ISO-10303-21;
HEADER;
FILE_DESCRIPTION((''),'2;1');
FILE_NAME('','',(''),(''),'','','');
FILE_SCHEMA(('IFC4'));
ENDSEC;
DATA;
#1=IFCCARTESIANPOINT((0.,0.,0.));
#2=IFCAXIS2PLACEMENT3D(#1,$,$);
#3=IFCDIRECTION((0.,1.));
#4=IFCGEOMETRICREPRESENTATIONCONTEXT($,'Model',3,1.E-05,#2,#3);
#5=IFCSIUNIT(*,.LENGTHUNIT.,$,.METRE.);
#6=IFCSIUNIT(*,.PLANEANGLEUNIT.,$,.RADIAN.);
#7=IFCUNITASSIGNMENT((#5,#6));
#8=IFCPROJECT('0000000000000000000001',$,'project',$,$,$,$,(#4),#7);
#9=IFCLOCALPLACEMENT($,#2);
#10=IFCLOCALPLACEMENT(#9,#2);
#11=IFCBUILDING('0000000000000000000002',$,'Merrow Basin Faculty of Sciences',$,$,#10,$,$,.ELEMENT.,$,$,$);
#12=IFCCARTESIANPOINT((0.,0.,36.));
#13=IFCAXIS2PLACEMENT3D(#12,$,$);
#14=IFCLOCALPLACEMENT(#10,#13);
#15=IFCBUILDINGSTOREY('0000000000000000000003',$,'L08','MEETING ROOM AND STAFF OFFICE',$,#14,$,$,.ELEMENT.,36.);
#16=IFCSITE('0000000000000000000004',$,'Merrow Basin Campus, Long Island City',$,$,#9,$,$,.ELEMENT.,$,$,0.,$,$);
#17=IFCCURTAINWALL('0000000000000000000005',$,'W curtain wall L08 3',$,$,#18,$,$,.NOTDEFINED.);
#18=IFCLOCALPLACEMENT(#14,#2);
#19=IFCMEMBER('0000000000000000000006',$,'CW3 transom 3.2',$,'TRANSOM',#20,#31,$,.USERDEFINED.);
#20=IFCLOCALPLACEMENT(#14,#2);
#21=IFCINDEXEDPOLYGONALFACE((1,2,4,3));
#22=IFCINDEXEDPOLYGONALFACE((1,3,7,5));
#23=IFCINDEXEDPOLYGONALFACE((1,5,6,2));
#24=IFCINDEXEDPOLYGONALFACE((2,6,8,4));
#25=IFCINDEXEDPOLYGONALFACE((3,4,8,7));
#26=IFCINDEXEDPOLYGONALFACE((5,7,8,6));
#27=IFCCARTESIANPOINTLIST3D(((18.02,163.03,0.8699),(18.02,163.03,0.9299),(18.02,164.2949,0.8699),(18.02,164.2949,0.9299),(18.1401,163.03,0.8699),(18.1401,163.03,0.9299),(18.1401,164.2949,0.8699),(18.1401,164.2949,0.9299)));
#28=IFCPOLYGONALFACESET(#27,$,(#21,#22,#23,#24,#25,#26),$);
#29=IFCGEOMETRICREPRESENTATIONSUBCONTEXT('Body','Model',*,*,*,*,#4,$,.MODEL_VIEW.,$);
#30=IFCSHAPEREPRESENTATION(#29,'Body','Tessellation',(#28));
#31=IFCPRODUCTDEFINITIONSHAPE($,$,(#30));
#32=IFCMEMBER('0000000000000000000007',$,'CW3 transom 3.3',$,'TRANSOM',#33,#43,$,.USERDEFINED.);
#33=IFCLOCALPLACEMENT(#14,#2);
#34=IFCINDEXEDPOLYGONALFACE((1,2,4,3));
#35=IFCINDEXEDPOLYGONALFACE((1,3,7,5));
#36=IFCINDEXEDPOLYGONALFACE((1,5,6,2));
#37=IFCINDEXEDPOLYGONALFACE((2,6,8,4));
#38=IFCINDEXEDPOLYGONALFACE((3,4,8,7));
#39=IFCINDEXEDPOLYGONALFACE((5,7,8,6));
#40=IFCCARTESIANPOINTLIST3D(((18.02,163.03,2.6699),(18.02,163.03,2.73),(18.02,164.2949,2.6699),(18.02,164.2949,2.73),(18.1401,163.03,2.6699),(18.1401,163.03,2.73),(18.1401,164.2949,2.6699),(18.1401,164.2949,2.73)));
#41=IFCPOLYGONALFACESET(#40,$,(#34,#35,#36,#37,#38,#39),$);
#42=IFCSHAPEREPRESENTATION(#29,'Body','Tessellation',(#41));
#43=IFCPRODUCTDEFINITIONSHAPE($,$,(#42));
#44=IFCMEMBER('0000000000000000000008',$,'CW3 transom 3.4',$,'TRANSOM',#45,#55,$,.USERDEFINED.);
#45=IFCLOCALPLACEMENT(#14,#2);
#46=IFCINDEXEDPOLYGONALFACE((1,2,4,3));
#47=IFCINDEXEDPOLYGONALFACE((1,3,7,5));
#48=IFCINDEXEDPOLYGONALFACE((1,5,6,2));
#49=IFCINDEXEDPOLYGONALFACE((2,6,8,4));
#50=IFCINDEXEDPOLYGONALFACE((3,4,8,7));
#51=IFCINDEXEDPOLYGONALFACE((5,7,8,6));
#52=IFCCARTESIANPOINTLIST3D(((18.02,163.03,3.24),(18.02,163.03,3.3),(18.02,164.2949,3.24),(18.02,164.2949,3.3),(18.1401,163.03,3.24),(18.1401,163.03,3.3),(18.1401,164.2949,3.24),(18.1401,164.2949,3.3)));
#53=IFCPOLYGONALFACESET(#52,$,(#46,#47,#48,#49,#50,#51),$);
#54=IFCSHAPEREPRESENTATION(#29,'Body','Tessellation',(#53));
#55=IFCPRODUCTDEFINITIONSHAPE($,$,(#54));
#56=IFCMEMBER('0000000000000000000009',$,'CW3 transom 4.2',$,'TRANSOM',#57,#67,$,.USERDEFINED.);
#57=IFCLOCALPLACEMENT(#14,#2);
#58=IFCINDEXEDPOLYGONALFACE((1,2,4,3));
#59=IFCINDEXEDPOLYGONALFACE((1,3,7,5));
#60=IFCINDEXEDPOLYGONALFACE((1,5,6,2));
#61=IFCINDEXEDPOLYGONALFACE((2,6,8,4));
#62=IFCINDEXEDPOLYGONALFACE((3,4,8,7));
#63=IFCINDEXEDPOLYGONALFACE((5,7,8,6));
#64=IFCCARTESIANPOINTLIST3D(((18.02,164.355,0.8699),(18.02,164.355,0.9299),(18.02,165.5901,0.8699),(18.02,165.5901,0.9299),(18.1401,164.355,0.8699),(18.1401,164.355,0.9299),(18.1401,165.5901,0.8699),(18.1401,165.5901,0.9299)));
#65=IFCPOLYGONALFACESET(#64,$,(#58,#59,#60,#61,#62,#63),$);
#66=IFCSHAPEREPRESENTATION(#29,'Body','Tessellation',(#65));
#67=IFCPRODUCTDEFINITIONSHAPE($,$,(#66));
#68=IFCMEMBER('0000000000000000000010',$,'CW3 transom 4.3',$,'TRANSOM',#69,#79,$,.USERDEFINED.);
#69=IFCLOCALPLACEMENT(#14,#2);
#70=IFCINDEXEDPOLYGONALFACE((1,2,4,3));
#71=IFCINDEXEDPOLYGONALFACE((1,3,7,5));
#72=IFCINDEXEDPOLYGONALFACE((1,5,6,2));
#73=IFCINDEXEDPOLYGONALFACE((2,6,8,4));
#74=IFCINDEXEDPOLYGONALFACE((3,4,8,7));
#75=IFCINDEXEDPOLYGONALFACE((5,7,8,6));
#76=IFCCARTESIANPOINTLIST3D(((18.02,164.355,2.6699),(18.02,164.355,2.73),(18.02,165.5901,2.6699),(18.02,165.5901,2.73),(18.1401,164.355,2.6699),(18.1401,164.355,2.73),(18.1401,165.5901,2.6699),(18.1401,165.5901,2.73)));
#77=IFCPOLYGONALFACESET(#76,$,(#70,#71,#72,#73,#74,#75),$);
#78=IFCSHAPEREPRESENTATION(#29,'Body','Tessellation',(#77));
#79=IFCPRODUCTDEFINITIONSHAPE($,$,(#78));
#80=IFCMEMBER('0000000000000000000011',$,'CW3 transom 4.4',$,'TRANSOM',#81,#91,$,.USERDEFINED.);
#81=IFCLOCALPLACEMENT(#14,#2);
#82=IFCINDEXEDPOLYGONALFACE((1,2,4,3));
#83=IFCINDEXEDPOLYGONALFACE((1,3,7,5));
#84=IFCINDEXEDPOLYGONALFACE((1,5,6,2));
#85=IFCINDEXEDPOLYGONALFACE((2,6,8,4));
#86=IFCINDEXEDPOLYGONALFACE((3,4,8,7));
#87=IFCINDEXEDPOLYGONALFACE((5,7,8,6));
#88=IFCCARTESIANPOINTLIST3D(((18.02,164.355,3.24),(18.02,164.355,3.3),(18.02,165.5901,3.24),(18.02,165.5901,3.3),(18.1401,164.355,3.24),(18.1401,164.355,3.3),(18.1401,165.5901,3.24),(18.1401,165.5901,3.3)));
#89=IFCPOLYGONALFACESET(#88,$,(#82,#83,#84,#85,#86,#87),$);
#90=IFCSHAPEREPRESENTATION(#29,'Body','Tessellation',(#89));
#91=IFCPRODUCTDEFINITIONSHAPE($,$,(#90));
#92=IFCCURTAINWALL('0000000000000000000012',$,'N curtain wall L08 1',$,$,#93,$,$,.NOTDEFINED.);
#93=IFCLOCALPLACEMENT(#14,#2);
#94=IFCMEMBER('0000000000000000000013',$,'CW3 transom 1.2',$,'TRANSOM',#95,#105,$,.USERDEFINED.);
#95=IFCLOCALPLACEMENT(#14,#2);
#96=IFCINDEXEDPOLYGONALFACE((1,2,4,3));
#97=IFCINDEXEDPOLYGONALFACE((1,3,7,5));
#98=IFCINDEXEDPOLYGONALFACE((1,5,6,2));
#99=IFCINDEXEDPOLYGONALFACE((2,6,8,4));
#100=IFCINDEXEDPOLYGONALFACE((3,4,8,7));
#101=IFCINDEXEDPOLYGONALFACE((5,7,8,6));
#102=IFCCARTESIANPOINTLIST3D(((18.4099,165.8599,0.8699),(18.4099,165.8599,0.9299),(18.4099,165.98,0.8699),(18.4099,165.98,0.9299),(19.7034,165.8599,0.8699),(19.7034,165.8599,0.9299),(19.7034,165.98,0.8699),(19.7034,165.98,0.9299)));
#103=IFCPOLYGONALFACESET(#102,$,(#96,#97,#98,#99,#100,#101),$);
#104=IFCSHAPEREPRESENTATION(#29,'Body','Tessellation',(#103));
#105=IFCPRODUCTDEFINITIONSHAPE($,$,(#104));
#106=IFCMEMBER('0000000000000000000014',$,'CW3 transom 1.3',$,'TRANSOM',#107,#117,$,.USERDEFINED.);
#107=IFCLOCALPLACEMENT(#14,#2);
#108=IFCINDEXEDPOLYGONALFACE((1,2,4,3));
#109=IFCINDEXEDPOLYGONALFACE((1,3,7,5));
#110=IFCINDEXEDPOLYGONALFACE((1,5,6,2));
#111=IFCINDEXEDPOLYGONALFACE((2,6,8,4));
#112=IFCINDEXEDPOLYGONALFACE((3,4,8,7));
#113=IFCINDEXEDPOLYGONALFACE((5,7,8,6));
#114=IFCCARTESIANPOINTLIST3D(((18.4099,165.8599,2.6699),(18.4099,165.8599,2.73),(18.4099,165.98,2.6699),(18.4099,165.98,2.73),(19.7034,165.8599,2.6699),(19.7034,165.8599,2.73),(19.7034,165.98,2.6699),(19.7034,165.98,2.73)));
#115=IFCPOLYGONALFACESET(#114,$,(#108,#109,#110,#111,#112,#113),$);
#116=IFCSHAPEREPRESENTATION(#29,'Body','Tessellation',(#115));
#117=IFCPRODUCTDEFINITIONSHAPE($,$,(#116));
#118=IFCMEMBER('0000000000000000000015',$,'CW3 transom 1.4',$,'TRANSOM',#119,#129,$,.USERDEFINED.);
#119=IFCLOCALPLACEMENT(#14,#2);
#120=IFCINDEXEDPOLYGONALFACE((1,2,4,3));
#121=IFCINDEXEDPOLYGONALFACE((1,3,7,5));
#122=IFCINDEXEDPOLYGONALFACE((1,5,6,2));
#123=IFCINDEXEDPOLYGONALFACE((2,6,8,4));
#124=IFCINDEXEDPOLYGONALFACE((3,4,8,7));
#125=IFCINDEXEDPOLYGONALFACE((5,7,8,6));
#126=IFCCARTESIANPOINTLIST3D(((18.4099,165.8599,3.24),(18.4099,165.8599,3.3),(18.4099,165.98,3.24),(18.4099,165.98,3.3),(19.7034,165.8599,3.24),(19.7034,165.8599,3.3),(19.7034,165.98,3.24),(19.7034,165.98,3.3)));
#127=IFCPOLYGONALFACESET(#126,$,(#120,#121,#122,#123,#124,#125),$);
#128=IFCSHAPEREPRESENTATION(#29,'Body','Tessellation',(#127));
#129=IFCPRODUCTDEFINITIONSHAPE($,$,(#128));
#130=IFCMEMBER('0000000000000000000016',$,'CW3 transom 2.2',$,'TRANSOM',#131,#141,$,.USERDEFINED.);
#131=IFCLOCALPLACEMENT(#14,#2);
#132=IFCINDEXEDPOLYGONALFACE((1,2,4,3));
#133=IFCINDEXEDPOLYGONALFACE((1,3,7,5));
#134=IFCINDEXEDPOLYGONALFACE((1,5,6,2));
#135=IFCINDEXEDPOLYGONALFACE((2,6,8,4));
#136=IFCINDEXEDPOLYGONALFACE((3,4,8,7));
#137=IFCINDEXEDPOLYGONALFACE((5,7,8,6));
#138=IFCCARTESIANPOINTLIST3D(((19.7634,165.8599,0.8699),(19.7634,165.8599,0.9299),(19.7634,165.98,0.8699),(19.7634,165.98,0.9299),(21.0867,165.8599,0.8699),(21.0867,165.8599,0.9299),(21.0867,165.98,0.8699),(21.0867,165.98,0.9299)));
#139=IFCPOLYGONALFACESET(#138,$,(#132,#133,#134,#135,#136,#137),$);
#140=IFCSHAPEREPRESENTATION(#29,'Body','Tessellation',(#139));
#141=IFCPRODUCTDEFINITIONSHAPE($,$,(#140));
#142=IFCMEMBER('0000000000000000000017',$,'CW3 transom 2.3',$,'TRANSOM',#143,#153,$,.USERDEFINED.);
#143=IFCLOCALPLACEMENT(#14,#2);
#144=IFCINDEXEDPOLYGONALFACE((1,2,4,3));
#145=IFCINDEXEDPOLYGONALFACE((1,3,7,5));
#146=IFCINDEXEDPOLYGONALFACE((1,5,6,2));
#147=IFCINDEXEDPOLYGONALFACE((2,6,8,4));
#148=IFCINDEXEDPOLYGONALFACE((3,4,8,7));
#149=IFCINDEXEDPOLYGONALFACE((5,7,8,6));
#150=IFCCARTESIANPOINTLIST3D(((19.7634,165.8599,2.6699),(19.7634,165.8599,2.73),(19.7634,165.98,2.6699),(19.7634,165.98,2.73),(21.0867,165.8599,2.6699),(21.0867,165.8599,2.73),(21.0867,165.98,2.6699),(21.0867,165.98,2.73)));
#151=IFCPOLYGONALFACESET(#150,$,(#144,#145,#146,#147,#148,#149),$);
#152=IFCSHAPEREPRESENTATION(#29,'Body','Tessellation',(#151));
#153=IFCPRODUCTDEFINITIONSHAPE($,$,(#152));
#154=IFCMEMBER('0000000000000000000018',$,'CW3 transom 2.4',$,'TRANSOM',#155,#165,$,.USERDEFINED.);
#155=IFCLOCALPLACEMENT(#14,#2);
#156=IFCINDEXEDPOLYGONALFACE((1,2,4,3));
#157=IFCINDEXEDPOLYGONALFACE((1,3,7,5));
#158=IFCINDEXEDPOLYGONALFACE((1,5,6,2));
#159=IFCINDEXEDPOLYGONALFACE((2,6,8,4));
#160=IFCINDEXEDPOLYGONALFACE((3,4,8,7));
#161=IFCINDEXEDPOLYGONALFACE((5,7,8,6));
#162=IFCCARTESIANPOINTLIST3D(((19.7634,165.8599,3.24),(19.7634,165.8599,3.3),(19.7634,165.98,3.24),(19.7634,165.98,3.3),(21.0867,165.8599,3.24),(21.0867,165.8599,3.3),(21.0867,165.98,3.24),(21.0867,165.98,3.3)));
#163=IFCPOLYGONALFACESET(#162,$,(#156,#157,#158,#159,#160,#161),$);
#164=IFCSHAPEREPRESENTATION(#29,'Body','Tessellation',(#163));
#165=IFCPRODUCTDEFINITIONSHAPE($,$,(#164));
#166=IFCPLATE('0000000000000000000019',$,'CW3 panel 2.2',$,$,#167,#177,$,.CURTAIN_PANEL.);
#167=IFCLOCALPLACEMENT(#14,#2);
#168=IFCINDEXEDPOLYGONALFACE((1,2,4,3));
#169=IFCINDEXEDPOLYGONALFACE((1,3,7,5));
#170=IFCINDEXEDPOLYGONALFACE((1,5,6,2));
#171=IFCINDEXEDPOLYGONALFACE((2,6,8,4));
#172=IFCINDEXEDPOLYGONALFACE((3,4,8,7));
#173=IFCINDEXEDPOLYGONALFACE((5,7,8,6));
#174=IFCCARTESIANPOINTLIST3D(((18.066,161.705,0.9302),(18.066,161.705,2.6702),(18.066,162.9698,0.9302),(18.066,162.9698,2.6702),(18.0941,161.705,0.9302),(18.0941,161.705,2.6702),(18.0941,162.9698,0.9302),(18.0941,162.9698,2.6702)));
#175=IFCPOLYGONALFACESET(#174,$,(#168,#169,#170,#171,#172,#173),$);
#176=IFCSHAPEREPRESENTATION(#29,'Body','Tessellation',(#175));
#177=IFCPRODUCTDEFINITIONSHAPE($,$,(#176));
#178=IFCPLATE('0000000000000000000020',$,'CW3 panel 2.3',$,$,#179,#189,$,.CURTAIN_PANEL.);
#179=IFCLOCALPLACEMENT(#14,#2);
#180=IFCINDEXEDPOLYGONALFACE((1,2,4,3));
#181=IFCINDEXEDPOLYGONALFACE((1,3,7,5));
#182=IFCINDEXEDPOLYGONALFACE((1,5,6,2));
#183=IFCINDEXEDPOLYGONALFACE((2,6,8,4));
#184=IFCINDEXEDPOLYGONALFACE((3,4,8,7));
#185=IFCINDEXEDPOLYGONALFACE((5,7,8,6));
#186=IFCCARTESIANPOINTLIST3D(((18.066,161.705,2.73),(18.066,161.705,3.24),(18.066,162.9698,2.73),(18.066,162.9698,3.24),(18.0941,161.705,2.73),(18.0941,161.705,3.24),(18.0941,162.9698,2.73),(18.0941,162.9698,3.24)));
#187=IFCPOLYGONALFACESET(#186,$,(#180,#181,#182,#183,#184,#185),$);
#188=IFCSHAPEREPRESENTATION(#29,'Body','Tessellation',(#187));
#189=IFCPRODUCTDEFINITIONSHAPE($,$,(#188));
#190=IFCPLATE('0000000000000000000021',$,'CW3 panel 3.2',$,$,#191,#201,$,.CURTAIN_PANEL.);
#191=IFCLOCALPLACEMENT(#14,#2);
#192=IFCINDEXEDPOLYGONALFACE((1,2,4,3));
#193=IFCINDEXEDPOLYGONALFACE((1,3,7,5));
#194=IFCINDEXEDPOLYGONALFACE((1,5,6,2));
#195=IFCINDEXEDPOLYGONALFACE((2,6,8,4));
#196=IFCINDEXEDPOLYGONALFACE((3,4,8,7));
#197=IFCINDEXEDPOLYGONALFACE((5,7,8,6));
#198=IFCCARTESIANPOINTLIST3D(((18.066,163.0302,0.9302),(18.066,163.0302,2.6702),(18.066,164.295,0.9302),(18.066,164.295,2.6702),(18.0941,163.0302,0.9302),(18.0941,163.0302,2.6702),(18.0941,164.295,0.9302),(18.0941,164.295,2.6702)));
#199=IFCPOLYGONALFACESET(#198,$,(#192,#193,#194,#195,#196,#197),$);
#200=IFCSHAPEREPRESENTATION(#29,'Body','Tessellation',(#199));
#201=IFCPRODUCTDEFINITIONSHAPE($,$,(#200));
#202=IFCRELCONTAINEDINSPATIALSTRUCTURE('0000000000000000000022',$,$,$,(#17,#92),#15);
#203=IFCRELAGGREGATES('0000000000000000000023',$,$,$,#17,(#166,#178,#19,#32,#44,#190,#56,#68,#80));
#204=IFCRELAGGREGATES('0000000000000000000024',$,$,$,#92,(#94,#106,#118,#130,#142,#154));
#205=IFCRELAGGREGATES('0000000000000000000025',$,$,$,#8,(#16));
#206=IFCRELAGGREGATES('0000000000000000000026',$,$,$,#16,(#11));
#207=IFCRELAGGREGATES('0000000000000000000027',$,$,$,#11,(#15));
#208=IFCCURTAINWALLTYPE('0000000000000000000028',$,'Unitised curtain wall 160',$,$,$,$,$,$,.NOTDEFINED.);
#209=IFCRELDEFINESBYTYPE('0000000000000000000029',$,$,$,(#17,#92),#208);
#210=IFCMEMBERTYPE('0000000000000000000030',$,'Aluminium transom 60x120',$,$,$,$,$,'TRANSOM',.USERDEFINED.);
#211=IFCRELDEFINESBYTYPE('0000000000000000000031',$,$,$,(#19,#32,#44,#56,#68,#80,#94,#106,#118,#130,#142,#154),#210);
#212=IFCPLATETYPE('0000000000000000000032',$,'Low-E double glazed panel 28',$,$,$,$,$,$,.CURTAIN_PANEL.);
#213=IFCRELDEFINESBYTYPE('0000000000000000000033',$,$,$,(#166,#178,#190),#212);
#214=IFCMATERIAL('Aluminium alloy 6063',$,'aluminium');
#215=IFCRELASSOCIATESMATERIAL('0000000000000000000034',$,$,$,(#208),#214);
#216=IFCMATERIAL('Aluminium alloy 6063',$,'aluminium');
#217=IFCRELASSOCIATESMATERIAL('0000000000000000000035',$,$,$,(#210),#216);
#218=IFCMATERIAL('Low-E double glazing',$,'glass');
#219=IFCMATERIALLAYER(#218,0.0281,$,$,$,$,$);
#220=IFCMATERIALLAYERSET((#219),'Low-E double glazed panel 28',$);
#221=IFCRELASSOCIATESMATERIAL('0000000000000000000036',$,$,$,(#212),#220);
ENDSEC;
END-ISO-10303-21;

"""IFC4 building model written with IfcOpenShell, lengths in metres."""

from ifc_helpers import new_model, si_unit, direction, frame, origin, origin_2d, place, context, subcontext, project, spatial, rectangle, extrude, material, layer, layer_set, material_profile, profile_set, type_object, element, aggregate, save


model = new_model("IFC4")

# Units and contexts
model_context = context("Model", 3, precision=1e-05, world=origin(), true_north=direction((0.0, 1.0)))
body_context = subcontext(model_context, "Body", "Model", "MODEL_VIEW")
ifc_project = project(units=[si_unit("LENGTHUNIT", "METRE"), si_unit("PLANEANGLEUNIT", "RADIAN")], contexts=[model_context])

# Site, building, storey
site_placement = place(None, origin())
site = spatial("IfcSite", under=ifc_project, at=site_placement, Name="Merrow Basin Campus, Long Island City", CompositionType="ELEMENT", RefElevation=0.0)
building_placement = place(site_placement, origin())
building = spatial("IfcBuilding", under=site, at=building_placement, Name="Merrow Basin Faculty of Sciences", CompositionType="ELEMENT")
storey_placement = place(building_placement, frame((0.0, 0.0, 36.0)))
storey = spatial("IfcBuildingStorey", under=building, at=storey_placement, Name="L08", Description="MEETING ROOM AND STAFF OFFICE", CompositionType="ELEMENT", Elevation=36.0)

# Curtain walls, members
ifc_material_1 = material(Name="Aluminium alloy 6063", Category="aluminium")
curtain_wall_type = type_object("IfcCurtainWallType", Name="Unitised curtain wall 160", PredefinedType="NOTDEFINED", material=ifc_material_1)
curtain_wall_1_placement = place(storey_placement, origin())
curtain_wall_1 = element("IfcCurtainWall", 1, at=curtain_wall_1_placement, inside=storey, type_object=curtain_wall_type, Name="W curtain wall L08 3", PredefinedType="NOTDEFINED")
ifc_material_2 = material(Name="Aluminium alloy 6063", Category="aluminium")
ifc_material_profile = material_profile(ifc_material_2, rectangle(XDim=0.1201, YDim=0.0601, at=origin_2d()))
ifc_profile_set = profile_set([ifc_material_profile], Name="Aluminium alloy 6063")
member_type = type_object("IfcMemberType", Name="Aluminium transom 60x120", ElementType="TRANSOM", PredefinedType="USERDEFINED", material=ifc_profile_set)
member_1_placement = place(storey_placement, frame((18.0801, 163.03, 0.8999), z_axis=(0.0, 1.0, 0.0), x_axis=(-1.0, 0.0, 0.0)))
member_1 = element("IfcMember", 2, at=member_1_placement, type_object=member_type, Name="CW3 transom 3.2", ObjectType="TRANSOM", PredefinedType="USERDEFINED", context=body_context, shape_type="SweptSolid", body=[
    extrude(rectangle(XDim=0.1201, YDim=0.0601, at=origin_2d()), origin(), (0.0, 0.0, 1.0), 1.2649),
])
member_2_placement = place(storey_placement, frame((18.0801, 163.03, 2.7), z_axis=(0.0, 1.0, 0.0), x_axis=(-1.0, 0.0, 0.0)))
member_2 = element("IfcMember", 3, at=member_2_placement, type_object=member_type, Name="CW3 transom 3.3", ObjectType="TRANSOM", PredefinedType="USERDEFINED", context=body_context, shape_type="SweptSolid", body=[
    extrude(rectangle(XDim=0.1201, YDim=0.0601, at=origin_2d()), origin(), (0.0, 0.0, 1.0), 1.2649),
])
member_3_placement = place(storey_placement, frame((18.0801, 163.03, 3.27), z_axis=(0.0, 1.0, 0.0), x_axis=(-1.0, 0.0, 0.0)))
member_3 = element("IfcMember", 4, at=member_3_placement, type_object=member_type, Name="CW3 transom 3.4", ObjectType="TRANSOM", PredefinedType="USERDEFINED", context=body_context, shape_type="SweptSolid", body=[
    extrude(rectangle(XDim=0.1201, YDim=0.0601, at=origin_2d()), origin(), (0.0, 0.0, 1.0), 1.2649),
])
member_4_placement = place(storey_placement, frame((18.0801, 164.355, 0.8999), z_axis=(0.0, 1.0, 0.0), x_axis=(-1.0, 0.0, 0.0)))
member_4 = element("IfcMember", 5, at=member_4_placement, type_object=member_type, Name="CW3 transom 4.2", ObjectType="TRANSOM", PredefinedType="USERDEFINED", context=body_context, shape_type="SweptSolid", body=[
    extrude(rectangle(XDim=0.1201, YDim=0.0601, at=origin_2d()), origin(), (0.0, 0.0, 1.0), 1.2351),
])
member_5_placement = place(storey_placement, frame((18.0801, 164.355, 2.7), z_axis=(0.0, 1.0, 0.0), x_axis=(-1.0, 0.0, 0.0)))
member_5 = element("IfcMember", 6, at=member_5_placement, type_object=member_type, Name="CW3 transom 4.3", ObjectType="TRANSOM", PredefinedType="USERDEFINED", context=body_context, shape_type="SweptSolid", body=[
    extrude(rectangle(XDim=0.1201, YDim=0.0601, at=origin_2d()), origin(), (0.0, 0.0, 1.0), 1.2351),
])
member_6_placement = place(storey_placement, frame((18.0801, 164.355, 3.27), z_axis=(0.0, 1.0, 0.0), x_axis=(-1.0, 0.0, 0.0)))
member_6 = element("IfcMember", 7, at=member_6_placement, type_object=member_type, Name="CW3 transom 4.4", ObjectType="TRANSOM", PredefinedType="USERDEFINED", context=body_context, shape_type="SweptSolid", body=[
    extrude(rectangle(XDim=0.1201, YDim=0.0601, at=origin_2d()), origin(), (0.0, 0.0, 1.0), 1.2351),
])
curtain_wall_2_placement = place(storey_placement, origin())
curtain_wall_2 = element("IfcCurtainWall", 8, at=curtain_wall_2_placement, inside=storey, type_object=curtain_wall_type, Name="N curtain wall L08 1", PredefinedType="NOTDEFINED")
member_7_placement = place(storey_placement, frame((18.4099, 165.9199, 0.8999), z_axis=(1.0, 0.0, 0.0), x_axis=(0.0, 1.0, 0.0)))
member_7 = element("IfcMember", 9, at=member_7_placement, type_object=member_type, Name="CW3 transom 1.2", ObjectType="TRANSOM", PredefinedType="USERDEFINED", context=body_context, shape_type="SweptSolid", body=[
    extrude(rectangle(XDim=0.1201, YDim=0.0601, at=origin_2d()), origin(), (0.0, 0.0, 1.0), 1.2935),
])
member_8_placement = place(storey_placement, frame((18.4099, 165.9199, 2.7), z_axis=(1.0, 0.0, 0.0), x_axis=(0.0, 1.0, 0.0)))
member_8 = element("IfcMember", 10, at=member_8_placement, type_object=member_type, Name="CW3 transom 1.3", ObjectType="TRANSOM", PredefinedType="USERDEFINED", context=body_context, shape_type="SweptSolid", body=[
    extrude(rectangle(XDim=0.1201, YDim=0.0601, at=origin_2d()), origin(), (0.0, 0.0, 1.0), 1.2935),
])
member_9_placement = place(storey_placement, frame((18.4099, 165.9199, 3.27), z_axis=(1.0, 0.0, 0.0), x_axis=(0.0, 1.0, 0.0)))
member_9 = element("IfcMember", 11, at=member_9_placement, type_object=member_type, Name="CW3 transom 1.4", ObjectType="TRANSOM", PredefinedType="USERDEFINED", context=body_context, shape_type="SweptSolid", body=[
    extrude(rectangle(XDim=0.1201, YDim=0.0601, at=origin_2d()), origin(), (0.0, 0.0, 1.0), 1.2935),
])
member_10_placement = place(storey_placement, frame((19.7634, 165.9199, 0.8999), z_axis=(1.0, 0.0, 0.0), x_axis=(0.0, 1.0, 0.0)))
member_10 = element("IfcMember", 12, at=member_10_placement, type_object=member_type, Name="CW3 transom 2.2", ObjectType="TRANSOM", PredefinedType="USERDEFINED", context=body_context, shape_type="SweptSolid", body=[
    extrude(rectangle(XDim=0.1201, YDim=0.0601, at=origin_2d()), origin(), (0.0, 0.0, 1.0), 1.3232),
])
member_11_placement = place(storey_placement, frame((19.7634, 165.9199, 2.7), z_axis=(1.0, 0.0, 0.0), x_axis=(0.0, 1.0, 0.0)))
member_11 = element("IfcMember", 13, at=member_11_placement, type_object=member_type, Name="CW3 transom 2.3", ObjectType="TRANSOM", PredefinedType="USERDEFINED", context=body_context, shape_type="SweptSolid", body=[
    extrude(rectangle(XDim=0.1201, YDim=0.0601, at=origin_2d()), origin(), (0.0, 0.0, 1.0), 1.3232),
])
member_12_placement = place(storey_placement, frame((19.7634, 165.9199, 3.27), z_axis=(1.0, 0.0, 0.0), x_axis=(0.0, 1.0, 0.0)))
member_12 = element("IfcMember", 14, at=member_12_placement, type_object=member_type, Name="CW3 transom 2.4", ObjectType="TRANSOM", PredefinedType="USERDEFINED", context=body_context, shape_type="SweptSolid", body=[
    extrude(rectangle(XDim=0.1201, YDim=0.0601, at=origin_2d()), origin(), (0.0, 0.0, 1.0), 1.3232),
])

# Plates
ifc_material_3 = material(Name="Low-E double glazing", Category="glass")
ifc_layer = layer(ifc_material_3, 0.0281)
ifc_layer_set = layer_set([ifc_layer], Name="Low-E double glazed panel 28")
plate_type = type_object("IfcPlateType", Name="Low-E double glazed panel 28", PredefinedType="CURTAIN_PANEL", material=ifc_layer_set)
plate_1_placement = place(storey_placement, frame((18.0801, 162.3374, 0.9302), z_axis=(0.0, 0.0, 1.0), x_axis=(0.0, 1.0, 0.0)))
plate_1 = element("IfcPlate", 15, at=plate_1_placement, type_object=plate_type, Name="CW3 panel 2.2", PredefinedType="CURTAIN_PANEL", context=body_context, shape_type="SweptSolid", body=[
    extrude(rectangle(XDim=1.2649, YDim=0.0281, at=origin_2d()), origin(), (0.0, 0.0, 1.0), 1.74),
])
plate_2_placement = place(storey_placement, frame((18.0801, 162.3374, 2.73), z_axis=(0.0, 0.0, 1.0), x_axis=(0.0, 1.0, 0.0)))
plate_2 = element("IfcPlate", 16, at=plate_2_placement, type_object=plate_type, Name="CW3 panel 2.3", PredefinedType="CURTAIN_PANEL", context=body_context, shape_type="SweptSolid", body=[
    extrude(rectangle(XDim=1.2649, YDim=0.0281, at=origin_2d()), origin(), (0.0, 0.0, 1.0), 0.51),
])
plate_3_placement = place(storey_placement, frame((18.0801, 163.6626, 0.9302), z_axis=(0.0, 0.0, 1.0), x_axis=(0.0, 1.0, 0.0)))
plate_3 = element("IfcPlate", 17, at=plate_3_placement, type_object=plate_type, Name="CW3 panel 3.2", PredefinedType="CURTAIN_PANEL", context=body_context, shape_type="SweptSolid", body=[
    extrude(rectangle(XDim=1.2649, YDim=0.0281, at=origin_2d()), origin(), (0.0, 0.0, 1.0), 1.74),
])
aggregate(curtain_wall_1, [plate_1, plate_2, member_1, member_2, member_3, plate_3, member_4, member_5, member_6])
aggregate(curtain_wall_2, [member_7, member_8, member_9, member_10, member_11, member_12])

save(model, "model.ifc")
